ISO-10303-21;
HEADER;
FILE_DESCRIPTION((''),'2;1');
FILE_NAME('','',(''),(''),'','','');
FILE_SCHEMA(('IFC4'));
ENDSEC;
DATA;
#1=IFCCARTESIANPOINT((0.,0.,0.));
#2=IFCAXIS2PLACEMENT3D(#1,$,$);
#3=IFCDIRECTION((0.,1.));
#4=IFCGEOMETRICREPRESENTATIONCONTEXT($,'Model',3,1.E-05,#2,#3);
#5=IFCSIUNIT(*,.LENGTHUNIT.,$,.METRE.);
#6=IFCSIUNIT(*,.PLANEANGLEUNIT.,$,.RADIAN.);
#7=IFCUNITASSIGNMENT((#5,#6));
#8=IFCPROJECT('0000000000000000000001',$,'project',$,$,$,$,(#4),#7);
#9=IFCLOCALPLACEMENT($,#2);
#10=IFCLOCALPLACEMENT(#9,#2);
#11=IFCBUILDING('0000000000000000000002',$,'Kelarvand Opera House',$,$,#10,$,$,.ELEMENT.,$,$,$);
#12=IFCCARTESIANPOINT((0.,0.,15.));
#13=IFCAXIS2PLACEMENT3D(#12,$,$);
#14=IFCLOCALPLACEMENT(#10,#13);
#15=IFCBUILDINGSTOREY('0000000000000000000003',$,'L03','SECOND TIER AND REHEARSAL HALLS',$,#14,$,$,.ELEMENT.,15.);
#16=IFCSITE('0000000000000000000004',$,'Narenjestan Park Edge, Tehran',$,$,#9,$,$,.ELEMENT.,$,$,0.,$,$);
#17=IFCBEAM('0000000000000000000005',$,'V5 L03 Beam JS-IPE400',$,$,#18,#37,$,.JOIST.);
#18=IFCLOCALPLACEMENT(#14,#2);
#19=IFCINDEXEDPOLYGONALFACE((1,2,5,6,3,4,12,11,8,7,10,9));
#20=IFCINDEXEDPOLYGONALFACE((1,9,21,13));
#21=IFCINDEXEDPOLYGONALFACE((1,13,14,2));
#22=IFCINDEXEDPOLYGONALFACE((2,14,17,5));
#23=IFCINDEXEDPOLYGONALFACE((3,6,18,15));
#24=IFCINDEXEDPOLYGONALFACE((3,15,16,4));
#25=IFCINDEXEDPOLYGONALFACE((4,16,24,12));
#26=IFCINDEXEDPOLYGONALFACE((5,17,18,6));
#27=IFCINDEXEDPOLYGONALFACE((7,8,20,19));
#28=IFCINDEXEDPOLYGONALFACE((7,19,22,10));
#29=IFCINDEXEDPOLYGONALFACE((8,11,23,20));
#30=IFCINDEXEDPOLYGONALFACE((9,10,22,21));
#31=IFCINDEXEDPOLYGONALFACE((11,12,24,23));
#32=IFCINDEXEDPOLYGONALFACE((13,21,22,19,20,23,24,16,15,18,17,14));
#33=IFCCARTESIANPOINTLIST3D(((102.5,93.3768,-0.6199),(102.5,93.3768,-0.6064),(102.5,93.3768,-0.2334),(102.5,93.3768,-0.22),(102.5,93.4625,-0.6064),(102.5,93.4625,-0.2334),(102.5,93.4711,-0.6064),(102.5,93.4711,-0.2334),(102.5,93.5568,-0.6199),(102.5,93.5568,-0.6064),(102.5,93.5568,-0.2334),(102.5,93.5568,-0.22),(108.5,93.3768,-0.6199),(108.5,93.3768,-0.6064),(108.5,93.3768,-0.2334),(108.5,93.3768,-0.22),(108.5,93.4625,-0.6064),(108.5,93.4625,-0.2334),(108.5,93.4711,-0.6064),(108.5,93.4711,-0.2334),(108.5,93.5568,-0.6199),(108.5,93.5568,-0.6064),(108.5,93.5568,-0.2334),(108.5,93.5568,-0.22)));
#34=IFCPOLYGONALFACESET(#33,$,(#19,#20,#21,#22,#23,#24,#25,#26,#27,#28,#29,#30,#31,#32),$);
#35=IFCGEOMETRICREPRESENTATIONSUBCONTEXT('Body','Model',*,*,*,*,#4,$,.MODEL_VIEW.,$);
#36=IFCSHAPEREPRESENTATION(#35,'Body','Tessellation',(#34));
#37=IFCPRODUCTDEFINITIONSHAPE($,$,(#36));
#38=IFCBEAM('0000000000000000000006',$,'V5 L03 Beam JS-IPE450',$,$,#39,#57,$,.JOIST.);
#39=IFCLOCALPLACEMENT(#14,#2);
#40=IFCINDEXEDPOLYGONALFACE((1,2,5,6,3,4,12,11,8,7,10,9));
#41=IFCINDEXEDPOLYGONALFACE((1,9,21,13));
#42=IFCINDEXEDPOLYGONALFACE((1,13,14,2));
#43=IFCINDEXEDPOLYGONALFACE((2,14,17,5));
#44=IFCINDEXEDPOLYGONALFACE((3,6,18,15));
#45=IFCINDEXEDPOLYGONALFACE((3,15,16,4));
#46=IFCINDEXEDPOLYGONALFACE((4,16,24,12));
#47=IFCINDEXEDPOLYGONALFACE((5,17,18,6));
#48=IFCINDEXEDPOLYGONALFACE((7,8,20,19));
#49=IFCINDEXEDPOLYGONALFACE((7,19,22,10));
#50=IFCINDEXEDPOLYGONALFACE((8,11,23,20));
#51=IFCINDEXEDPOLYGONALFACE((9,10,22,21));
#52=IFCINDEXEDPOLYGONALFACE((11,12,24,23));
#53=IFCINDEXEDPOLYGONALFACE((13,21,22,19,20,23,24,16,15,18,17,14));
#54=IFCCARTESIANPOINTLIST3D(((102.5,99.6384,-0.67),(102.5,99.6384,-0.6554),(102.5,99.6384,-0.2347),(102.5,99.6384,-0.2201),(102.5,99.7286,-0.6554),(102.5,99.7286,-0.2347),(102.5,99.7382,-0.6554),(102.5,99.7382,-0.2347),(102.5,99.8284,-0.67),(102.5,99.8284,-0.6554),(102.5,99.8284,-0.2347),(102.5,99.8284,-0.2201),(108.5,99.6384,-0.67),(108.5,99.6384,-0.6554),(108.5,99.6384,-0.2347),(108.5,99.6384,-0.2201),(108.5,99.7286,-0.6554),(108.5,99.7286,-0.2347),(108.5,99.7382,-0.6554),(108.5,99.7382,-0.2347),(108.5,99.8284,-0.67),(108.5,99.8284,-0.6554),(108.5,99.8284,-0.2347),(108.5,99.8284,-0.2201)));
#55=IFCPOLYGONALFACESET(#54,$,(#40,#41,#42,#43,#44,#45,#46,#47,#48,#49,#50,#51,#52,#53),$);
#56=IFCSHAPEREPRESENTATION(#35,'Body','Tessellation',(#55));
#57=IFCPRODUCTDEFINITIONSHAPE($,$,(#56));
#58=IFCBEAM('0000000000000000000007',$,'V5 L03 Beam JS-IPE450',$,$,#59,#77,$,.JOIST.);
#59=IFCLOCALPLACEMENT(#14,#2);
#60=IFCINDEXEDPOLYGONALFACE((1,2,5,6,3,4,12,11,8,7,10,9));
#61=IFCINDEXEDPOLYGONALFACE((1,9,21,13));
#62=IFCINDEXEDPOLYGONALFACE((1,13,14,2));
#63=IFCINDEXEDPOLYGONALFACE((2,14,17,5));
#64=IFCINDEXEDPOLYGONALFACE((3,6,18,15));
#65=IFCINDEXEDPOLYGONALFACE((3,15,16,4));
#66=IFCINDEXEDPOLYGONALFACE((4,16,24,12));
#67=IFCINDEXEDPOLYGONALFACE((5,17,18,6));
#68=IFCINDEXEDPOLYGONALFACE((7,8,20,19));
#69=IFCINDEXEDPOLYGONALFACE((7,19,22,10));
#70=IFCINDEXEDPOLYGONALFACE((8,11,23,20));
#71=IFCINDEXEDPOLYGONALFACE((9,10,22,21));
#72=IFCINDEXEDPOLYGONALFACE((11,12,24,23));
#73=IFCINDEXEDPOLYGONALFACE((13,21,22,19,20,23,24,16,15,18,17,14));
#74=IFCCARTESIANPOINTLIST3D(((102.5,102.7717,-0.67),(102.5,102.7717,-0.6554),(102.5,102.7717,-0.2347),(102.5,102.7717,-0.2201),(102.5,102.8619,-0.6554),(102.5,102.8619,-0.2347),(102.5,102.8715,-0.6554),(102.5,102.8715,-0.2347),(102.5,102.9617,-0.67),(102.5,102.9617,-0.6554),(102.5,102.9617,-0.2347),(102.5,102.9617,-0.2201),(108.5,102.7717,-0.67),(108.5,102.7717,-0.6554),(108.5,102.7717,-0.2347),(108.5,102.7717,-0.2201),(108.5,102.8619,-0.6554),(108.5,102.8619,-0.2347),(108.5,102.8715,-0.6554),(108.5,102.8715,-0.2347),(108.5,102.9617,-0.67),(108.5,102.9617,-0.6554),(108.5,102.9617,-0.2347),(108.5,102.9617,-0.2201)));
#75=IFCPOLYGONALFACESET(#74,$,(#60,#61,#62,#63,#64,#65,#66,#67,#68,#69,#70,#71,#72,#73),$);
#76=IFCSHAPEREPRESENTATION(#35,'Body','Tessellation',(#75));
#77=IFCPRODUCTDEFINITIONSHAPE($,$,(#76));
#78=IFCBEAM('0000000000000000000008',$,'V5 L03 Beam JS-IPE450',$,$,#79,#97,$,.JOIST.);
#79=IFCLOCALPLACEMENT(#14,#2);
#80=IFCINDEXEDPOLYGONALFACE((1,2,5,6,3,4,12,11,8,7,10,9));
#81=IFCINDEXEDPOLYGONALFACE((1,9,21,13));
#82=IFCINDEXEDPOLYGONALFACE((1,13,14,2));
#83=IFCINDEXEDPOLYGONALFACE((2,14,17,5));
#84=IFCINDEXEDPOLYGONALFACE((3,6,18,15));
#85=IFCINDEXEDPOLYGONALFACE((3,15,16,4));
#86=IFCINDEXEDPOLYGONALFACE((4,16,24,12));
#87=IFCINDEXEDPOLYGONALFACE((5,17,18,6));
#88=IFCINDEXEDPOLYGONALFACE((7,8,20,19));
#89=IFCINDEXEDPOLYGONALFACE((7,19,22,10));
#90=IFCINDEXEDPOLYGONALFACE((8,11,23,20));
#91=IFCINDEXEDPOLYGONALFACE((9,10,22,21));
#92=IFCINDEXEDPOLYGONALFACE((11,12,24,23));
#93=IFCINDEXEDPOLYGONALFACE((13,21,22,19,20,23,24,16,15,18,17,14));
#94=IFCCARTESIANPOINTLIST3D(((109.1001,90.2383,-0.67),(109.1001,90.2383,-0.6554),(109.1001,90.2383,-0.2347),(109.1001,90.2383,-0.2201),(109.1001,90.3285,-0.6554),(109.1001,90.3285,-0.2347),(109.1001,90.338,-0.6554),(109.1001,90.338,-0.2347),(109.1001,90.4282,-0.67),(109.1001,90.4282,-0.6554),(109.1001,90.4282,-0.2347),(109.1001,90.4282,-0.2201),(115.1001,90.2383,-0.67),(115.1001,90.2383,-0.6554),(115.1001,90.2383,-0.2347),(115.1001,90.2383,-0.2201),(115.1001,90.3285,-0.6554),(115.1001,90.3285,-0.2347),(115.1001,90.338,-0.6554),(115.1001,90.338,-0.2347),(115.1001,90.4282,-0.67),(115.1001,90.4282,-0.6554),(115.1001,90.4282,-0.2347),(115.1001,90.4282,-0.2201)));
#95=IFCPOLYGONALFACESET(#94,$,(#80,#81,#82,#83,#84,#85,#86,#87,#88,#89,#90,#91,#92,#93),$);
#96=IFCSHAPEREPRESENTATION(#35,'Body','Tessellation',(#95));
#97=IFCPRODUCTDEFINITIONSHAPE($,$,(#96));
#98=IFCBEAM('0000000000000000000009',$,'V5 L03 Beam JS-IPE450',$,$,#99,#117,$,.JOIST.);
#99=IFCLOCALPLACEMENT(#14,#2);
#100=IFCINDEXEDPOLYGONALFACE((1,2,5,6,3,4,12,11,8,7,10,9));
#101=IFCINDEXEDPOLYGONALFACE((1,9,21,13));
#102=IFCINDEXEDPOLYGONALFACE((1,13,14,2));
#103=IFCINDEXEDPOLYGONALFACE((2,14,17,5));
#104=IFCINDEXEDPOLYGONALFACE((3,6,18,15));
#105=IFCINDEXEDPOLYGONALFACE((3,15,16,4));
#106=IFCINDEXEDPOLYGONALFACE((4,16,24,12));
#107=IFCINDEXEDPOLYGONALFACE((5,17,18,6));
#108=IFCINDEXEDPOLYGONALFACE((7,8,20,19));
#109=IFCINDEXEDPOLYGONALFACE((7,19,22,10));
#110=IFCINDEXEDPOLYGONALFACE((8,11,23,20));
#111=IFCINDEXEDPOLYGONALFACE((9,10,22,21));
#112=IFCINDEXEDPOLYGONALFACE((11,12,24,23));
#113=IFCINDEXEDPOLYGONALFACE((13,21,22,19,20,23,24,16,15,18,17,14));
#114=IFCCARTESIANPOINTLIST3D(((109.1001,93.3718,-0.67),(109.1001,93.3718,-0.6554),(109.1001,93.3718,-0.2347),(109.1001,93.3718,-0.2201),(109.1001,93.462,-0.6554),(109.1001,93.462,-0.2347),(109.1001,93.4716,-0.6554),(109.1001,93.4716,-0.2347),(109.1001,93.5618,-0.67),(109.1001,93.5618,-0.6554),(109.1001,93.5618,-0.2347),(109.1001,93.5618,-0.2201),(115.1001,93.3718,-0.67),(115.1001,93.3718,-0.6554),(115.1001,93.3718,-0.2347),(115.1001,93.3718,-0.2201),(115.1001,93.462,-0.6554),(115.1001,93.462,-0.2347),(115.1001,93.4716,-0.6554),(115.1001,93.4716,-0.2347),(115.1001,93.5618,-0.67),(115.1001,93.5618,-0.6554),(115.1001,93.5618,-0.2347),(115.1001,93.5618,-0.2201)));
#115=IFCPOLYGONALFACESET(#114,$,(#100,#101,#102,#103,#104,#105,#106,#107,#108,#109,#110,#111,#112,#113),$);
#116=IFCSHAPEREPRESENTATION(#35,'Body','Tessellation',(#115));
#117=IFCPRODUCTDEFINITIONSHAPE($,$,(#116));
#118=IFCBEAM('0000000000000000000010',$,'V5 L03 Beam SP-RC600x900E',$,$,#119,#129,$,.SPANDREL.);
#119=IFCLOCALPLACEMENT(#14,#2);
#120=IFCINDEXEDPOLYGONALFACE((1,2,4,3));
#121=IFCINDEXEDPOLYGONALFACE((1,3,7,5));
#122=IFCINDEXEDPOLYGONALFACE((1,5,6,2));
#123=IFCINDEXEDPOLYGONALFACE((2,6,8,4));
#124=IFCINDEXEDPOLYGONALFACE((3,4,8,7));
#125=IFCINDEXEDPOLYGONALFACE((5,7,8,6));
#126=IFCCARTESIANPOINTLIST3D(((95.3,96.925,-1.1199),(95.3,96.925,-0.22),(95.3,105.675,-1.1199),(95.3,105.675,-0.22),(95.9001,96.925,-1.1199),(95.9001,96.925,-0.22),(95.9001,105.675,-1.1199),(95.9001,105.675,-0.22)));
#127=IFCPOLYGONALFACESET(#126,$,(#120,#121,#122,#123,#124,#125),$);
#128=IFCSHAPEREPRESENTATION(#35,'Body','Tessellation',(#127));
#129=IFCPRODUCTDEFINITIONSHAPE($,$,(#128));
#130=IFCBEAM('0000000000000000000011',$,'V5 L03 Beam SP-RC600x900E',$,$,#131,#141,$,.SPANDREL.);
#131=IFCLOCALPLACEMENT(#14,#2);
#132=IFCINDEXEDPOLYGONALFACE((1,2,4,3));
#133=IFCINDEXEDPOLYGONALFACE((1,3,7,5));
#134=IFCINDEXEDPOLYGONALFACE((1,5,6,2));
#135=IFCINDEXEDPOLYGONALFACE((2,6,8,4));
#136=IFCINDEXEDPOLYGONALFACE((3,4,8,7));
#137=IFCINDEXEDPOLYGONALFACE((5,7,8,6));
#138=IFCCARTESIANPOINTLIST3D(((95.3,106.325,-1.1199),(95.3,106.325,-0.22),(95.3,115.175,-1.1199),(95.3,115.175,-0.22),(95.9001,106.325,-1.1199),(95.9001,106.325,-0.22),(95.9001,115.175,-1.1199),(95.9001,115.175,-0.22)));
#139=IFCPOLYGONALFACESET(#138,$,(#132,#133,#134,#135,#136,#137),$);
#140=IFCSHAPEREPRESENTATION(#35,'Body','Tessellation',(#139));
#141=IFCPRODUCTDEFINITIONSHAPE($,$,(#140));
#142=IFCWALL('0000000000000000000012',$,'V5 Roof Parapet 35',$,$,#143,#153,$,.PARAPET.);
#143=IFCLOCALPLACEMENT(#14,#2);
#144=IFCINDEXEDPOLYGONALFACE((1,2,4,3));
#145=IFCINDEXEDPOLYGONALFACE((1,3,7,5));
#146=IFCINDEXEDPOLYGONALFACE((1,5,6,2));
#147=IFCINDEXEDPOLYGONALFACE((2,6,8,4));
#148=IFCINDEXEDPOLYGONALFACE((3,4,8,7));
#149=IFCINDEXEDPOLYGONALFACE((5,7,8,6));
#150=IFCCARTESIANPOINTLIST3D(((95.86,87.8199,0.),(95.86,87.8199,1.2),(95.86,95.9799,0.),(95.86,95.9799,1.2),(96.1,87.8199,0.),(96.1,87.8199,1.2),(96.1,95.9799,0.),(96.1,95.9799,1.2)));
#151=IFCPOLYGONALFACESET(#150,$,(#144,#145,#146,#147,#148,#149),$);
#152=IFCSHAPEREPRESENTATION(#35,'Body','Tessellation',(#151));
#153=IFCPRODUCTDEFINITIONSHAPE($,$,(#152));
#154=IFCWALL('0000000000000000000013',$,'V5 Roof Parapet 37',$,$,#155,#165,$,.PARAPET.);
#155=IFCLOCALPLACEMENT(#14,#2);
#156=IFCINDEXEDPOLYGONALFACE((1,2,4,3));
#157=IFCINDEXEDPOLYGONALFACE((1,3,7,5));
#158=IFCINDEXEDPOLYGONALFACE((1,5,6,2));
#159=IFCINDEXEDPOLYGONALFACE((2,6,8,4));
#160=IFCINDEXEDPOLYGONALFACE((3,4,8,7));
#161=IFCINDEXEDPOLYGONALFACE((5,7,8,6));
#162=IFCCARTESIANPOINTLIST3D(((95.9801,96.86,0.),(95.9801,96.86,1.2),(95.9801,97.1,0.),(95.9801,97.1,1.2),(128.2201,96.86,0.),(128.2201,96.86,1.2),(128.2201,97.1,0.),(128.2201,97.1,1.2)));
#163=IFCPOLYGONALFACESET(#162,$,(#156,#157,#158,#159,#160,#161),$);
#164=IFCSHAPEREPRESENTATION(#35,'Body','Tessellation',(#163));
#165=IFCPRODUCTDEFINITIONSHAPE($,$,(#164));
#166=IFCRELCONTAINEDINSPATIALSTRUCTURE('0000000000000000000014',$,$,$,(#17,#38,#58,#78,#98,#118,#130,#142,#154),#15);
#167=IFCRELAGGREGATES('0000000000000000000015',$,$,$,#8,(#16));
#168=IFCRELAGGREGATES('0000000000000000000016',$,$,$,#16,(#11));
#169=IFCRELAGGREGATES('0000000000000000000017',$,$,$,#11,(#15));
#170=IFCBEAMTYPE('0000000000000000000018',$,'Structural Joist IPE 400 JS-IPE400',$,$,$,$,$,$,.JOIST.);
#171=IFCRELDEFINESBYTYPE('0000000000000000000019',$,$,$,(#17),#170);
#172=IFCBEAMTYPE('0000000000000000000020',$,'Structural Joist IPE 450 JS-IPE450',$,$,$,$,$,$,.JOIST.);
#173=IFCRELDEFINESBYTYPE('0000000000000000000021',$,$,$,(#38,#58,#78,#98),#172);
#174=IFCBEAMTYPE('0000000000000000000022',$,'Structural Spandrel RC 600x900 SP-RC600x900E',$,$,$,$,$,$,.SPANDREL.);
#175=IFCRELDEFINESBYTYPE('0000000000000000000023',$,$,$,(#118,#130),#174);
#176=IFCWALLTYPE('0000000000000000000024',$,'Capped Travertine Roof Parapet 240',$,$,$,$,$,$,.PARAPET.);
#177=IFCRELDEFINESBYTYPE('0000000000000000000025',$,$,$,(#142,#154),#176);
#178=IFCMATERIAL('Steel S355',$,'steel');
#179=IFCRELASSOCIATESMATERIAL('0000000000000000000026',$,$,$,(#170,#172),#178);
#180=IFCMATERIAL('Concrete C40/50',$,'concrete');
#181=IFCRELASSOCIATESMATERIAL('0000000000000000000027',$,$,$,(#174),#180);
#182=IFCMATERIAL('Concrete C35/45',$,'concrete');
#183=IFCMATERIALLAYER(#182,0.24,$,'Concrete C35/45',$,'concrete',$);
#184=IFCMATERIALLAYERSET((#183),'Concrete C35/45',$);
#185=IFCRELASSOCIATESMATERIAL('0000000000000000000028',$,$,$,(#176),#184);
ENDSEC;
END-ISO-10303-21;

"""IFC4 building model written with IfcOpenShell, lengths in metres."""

from ifc_helpers import new_model, si_unit, direction, frame, frame_2d, origin, origin_2d, place, context, subcontext, project, spatial, rectangle, i_section, extrude, material, layer, layer_set, material_profile, profile_set, type_object, element, save


model = new_model("IFC4")

# Units and contexts
model_context = context("Model", 3, precision=1e-05, world=origin(), true_north=direction((0.0, 1.0)))
body_context = subcontext(model_context, "Body", "Model", "MODEL_VIEW")
ifc_project = project(units=[si_unit("LENGTHUNIT", "METRE"), si_unit("PLANEANGLEUNIT", "RADIAN")], contexts=[model_context])

# Site, building, storey
site_placement = place(None, origin())
site = spatial("IfcSite", under=ifc_project, at=site_placement, Name="Narenjestan Park Edge, Tehran", CompositionType="ELEMENT", RefElevation=0.0)
building_placement = place(site_placement, origin())
building = spatial("IfcBuilding", under=site, at=building_placement, Name="Kelarvand Opera House", CompositionType="ELEMENT")
storey_placement = place(building_placement, frame((0.0, 0.0, 15.0)))
storey = spatial("IfcBuildingStorey", under=building, at=storey_placement, Name="L03", Description="SECOND TIER AND REHEARSAL HALLS", CompositionType="ELEMENT", Elevation=15.0)

# Beams
ifc_material_1 = material(Name="Concrete C40/50", Category="concrete")
ifc_material_2 = material(Name="Steel S355", Category="steel")
ifc_material_profile_1 = material_profile(ifc_material_2, i_section(OverallWidth=0.1799, OverallDepth=0.3999, WebThickness=0.0085, FlangeThickness=0.0134, at=origin_2d()), Name="IPE 400", Category="steel")
ifc_profile_set_1 = profile_set([ifc_material_profile_1], Name="Steel S355")
beam_type_1 = type_object("IfcBeamType", Name="Structural Joist IPE 400 JS-IPE400", PredefinedType="JOIST", material=ifc_profile_set_1)
for number, where, z_axis, x_axis, name in (
    (1, (102.5, 93.4668, -0.4199), (1.0, 0.0, 0.0), (0.0, 1.0, 0.0), "V5 L03 Beam JS-IPE400"),
):
    element("IfcBeam", number, at=place(storey_placement, frame(where, z_axis=z_axis, x_axis=x_axis)), inside=storey, type_object=beam_type_1, Name=name, PredefinedType="JOIST", context=body_context, shape_type="SweptSolid", body=[
        extrude(i_section(OverallWidth=0.1799, OverallDepth=0.3999, WebThickness=0.0085, FlangeThickness=0.0134, at=origin_2d()), origin(), (0.0, 0.0, 1.0), 6.0),
    ])
ifc_material_profile_2 = material_profile(ifc_material_2, i_section(OverallWidth=0.1899, OverallDepth=0.45, WebThickness=0.0095, FlangeThickness=0.0146, at=origin_2d()), Name="IPE 450", Category="steel")
ifc_profile_set_2 = profile_set([ifc_material_profile_2], Name="Steel S355")
beam_type_2 = type_object("IfcBeamType", Name="Structural Joist IPE 450 JS-IPE450", PredefinedType="JOIST", material=ifc_profile_set_2)
for number, where, z_axis, x_axis, name in (
    (2, (102.5, 99.7334, -0.4451), (1.0, 0.0, 0.0), (0.0, 1.0, 0.0), "V5 L03 Beam JS-IPE450"),
    (3, (102.5, 102.8667, -0.4451), (1.0, 0.0, 0.0), (0.0, 1.0, 0.0), "V5 L03 Beam JS-IPE450"),
    (4, (109.1001, 90.3333, -0.4451), (1.0, 0.0, 0.0), (0.0, 1.0, 0.0), "V5 L03 Beam JS-IPE450"),
    (5, (109.1001, 93.4668, -0.4451), (1.0, 0.0, 0.0), (0.0, 1.0, 0.0), "V5 L03 Beam JS-IPE450"),
):
    element("IfcBeam", number, at=place(storey_placement, frame(where, z_axis=z_axis, x_axis=x_axis)), inside=storey, type_object=beam_type_2, Name=name, PredefinedType="JOIST", context=body_context, shape_type="SweptSolid", body=[
        extrude(i_section(OverallWidth=0.1899, OverallDepth=0.45, WebThickness=0.0095, FlangeThickness=0.0146, at=origin_2d()), origin(), (0.0, 0.0, 1.0), 6.0),
    ])
ifc_material_profile_3 = material_profile(ifc_material_1, rectangle(XDim=0.6001, YDim=0.8999, at=origin_2d()), Name="RC 600x900", Category="concrete")
ifc_profile_set_3 = profile_set([ifc_material_profile_3], Name="Concrete C40/50")
beam_type_3 = type_object("IfcBeamType", Name="Structural Spandrel RC 600x900 SP-RC600x900E", PredefinedType="SPANDREL", material=ifc_profile_set_3)
beam_1_placement = place(storey_placement, frame((95.6001, 96.925, -0.6699), z_axis=(0.0, 1.0, 0.0), x_axis=(-1.0, 0.0, 0.0)))
element("IfcBeam", 6, at=beam_1_placement, inside=storey, type_object=beam_type_3, Name="V5 L03 Beam SP-RC600x900E", PredefinedType="SPANDREL", context=body_context, shape_type="SweptSolid", body=[
    extrude(rectangle(XDim=0.6001, YDim=0.8999, at=origin_2d()), origin(), (0.0, 0.0, 1.0), 8.75),
])
beam_2_placement = place(storey_placement, frame((95.6001, 106.325, -0.6699), z_axis=(0.0, 1.0, 0.0), x_axis=(-1.0, 0.0, 0.0)))
element("IfcBeam", 7, at=beam_2_placement, inside=storey, type_object=beam_type_3, Name="V5 L03 Beam SP-RC600x900E", PredefinedType="SPANDREL", context=body_context, shape_type="SweptSolid", body=[
    extrude(rectangle(XDim=0.6001, YDim=0.8999, at=origin_2d()), origin(), (0.0, 0.0, 1.0), 8.8501),
])

# Walls
ifc_material_3 = material(Name="Concrete C35/45", Category="concrete")
ifc_layer = layer(ifc_material_3, 0.24, Name="Concrete C35/45", Category="concrete")
ifc_layer_set = layer_set([ifc_layer], Name="Concrete C35/45")
wall_type = type_object("IfcWallType", Name="Capped Travertine Roof Parapet 240", PredefinedType="PARAPET", material=ifc_layer_set)
wall_1_placement = place(storey_placement, frame((95.98, 95.98, 0.0), z_axis=(0.0, 0.0, 1.0), x_axis=(0.0, -1.0, 0.0)))
element("IfcWall", 8, at=wall_1_placement, inside=storey, type_object=wall_type, Name="V5 Roof Parapet 35", PredefinedType="PARAPET", context=body_context, shape_type="SweptSolid", body=[
    extrude(rectangle(XDim=8.1599, YDim=0.24, at=frame_2d((4.0801, 0.0))), origin(), (0.0, 0.0, 1.0), 1.2),
])
wall_2_placement = place(storey_placement, frame((95.98, 96.98, 0.0), z_axis=(0.0, 0.0, 1.0), x_axis=(1.0, 0.0, 0.0)))
element("IfcWall", 9, at=wall_2_placement, inside=storey, type_object=wall_type, Name="V5 Roof Parapet 37", PredefinedType="PARAPET", context=body_context, shape_type="SweptSolid", body=[
    extrude(rectangle(XDim=32.24, YDim=0.24, at=frame_2d((16.1201, 0.0))), origin(), (0.0, 0.0, 1.0), 1.2),
])

save(model, "model.ifc")
